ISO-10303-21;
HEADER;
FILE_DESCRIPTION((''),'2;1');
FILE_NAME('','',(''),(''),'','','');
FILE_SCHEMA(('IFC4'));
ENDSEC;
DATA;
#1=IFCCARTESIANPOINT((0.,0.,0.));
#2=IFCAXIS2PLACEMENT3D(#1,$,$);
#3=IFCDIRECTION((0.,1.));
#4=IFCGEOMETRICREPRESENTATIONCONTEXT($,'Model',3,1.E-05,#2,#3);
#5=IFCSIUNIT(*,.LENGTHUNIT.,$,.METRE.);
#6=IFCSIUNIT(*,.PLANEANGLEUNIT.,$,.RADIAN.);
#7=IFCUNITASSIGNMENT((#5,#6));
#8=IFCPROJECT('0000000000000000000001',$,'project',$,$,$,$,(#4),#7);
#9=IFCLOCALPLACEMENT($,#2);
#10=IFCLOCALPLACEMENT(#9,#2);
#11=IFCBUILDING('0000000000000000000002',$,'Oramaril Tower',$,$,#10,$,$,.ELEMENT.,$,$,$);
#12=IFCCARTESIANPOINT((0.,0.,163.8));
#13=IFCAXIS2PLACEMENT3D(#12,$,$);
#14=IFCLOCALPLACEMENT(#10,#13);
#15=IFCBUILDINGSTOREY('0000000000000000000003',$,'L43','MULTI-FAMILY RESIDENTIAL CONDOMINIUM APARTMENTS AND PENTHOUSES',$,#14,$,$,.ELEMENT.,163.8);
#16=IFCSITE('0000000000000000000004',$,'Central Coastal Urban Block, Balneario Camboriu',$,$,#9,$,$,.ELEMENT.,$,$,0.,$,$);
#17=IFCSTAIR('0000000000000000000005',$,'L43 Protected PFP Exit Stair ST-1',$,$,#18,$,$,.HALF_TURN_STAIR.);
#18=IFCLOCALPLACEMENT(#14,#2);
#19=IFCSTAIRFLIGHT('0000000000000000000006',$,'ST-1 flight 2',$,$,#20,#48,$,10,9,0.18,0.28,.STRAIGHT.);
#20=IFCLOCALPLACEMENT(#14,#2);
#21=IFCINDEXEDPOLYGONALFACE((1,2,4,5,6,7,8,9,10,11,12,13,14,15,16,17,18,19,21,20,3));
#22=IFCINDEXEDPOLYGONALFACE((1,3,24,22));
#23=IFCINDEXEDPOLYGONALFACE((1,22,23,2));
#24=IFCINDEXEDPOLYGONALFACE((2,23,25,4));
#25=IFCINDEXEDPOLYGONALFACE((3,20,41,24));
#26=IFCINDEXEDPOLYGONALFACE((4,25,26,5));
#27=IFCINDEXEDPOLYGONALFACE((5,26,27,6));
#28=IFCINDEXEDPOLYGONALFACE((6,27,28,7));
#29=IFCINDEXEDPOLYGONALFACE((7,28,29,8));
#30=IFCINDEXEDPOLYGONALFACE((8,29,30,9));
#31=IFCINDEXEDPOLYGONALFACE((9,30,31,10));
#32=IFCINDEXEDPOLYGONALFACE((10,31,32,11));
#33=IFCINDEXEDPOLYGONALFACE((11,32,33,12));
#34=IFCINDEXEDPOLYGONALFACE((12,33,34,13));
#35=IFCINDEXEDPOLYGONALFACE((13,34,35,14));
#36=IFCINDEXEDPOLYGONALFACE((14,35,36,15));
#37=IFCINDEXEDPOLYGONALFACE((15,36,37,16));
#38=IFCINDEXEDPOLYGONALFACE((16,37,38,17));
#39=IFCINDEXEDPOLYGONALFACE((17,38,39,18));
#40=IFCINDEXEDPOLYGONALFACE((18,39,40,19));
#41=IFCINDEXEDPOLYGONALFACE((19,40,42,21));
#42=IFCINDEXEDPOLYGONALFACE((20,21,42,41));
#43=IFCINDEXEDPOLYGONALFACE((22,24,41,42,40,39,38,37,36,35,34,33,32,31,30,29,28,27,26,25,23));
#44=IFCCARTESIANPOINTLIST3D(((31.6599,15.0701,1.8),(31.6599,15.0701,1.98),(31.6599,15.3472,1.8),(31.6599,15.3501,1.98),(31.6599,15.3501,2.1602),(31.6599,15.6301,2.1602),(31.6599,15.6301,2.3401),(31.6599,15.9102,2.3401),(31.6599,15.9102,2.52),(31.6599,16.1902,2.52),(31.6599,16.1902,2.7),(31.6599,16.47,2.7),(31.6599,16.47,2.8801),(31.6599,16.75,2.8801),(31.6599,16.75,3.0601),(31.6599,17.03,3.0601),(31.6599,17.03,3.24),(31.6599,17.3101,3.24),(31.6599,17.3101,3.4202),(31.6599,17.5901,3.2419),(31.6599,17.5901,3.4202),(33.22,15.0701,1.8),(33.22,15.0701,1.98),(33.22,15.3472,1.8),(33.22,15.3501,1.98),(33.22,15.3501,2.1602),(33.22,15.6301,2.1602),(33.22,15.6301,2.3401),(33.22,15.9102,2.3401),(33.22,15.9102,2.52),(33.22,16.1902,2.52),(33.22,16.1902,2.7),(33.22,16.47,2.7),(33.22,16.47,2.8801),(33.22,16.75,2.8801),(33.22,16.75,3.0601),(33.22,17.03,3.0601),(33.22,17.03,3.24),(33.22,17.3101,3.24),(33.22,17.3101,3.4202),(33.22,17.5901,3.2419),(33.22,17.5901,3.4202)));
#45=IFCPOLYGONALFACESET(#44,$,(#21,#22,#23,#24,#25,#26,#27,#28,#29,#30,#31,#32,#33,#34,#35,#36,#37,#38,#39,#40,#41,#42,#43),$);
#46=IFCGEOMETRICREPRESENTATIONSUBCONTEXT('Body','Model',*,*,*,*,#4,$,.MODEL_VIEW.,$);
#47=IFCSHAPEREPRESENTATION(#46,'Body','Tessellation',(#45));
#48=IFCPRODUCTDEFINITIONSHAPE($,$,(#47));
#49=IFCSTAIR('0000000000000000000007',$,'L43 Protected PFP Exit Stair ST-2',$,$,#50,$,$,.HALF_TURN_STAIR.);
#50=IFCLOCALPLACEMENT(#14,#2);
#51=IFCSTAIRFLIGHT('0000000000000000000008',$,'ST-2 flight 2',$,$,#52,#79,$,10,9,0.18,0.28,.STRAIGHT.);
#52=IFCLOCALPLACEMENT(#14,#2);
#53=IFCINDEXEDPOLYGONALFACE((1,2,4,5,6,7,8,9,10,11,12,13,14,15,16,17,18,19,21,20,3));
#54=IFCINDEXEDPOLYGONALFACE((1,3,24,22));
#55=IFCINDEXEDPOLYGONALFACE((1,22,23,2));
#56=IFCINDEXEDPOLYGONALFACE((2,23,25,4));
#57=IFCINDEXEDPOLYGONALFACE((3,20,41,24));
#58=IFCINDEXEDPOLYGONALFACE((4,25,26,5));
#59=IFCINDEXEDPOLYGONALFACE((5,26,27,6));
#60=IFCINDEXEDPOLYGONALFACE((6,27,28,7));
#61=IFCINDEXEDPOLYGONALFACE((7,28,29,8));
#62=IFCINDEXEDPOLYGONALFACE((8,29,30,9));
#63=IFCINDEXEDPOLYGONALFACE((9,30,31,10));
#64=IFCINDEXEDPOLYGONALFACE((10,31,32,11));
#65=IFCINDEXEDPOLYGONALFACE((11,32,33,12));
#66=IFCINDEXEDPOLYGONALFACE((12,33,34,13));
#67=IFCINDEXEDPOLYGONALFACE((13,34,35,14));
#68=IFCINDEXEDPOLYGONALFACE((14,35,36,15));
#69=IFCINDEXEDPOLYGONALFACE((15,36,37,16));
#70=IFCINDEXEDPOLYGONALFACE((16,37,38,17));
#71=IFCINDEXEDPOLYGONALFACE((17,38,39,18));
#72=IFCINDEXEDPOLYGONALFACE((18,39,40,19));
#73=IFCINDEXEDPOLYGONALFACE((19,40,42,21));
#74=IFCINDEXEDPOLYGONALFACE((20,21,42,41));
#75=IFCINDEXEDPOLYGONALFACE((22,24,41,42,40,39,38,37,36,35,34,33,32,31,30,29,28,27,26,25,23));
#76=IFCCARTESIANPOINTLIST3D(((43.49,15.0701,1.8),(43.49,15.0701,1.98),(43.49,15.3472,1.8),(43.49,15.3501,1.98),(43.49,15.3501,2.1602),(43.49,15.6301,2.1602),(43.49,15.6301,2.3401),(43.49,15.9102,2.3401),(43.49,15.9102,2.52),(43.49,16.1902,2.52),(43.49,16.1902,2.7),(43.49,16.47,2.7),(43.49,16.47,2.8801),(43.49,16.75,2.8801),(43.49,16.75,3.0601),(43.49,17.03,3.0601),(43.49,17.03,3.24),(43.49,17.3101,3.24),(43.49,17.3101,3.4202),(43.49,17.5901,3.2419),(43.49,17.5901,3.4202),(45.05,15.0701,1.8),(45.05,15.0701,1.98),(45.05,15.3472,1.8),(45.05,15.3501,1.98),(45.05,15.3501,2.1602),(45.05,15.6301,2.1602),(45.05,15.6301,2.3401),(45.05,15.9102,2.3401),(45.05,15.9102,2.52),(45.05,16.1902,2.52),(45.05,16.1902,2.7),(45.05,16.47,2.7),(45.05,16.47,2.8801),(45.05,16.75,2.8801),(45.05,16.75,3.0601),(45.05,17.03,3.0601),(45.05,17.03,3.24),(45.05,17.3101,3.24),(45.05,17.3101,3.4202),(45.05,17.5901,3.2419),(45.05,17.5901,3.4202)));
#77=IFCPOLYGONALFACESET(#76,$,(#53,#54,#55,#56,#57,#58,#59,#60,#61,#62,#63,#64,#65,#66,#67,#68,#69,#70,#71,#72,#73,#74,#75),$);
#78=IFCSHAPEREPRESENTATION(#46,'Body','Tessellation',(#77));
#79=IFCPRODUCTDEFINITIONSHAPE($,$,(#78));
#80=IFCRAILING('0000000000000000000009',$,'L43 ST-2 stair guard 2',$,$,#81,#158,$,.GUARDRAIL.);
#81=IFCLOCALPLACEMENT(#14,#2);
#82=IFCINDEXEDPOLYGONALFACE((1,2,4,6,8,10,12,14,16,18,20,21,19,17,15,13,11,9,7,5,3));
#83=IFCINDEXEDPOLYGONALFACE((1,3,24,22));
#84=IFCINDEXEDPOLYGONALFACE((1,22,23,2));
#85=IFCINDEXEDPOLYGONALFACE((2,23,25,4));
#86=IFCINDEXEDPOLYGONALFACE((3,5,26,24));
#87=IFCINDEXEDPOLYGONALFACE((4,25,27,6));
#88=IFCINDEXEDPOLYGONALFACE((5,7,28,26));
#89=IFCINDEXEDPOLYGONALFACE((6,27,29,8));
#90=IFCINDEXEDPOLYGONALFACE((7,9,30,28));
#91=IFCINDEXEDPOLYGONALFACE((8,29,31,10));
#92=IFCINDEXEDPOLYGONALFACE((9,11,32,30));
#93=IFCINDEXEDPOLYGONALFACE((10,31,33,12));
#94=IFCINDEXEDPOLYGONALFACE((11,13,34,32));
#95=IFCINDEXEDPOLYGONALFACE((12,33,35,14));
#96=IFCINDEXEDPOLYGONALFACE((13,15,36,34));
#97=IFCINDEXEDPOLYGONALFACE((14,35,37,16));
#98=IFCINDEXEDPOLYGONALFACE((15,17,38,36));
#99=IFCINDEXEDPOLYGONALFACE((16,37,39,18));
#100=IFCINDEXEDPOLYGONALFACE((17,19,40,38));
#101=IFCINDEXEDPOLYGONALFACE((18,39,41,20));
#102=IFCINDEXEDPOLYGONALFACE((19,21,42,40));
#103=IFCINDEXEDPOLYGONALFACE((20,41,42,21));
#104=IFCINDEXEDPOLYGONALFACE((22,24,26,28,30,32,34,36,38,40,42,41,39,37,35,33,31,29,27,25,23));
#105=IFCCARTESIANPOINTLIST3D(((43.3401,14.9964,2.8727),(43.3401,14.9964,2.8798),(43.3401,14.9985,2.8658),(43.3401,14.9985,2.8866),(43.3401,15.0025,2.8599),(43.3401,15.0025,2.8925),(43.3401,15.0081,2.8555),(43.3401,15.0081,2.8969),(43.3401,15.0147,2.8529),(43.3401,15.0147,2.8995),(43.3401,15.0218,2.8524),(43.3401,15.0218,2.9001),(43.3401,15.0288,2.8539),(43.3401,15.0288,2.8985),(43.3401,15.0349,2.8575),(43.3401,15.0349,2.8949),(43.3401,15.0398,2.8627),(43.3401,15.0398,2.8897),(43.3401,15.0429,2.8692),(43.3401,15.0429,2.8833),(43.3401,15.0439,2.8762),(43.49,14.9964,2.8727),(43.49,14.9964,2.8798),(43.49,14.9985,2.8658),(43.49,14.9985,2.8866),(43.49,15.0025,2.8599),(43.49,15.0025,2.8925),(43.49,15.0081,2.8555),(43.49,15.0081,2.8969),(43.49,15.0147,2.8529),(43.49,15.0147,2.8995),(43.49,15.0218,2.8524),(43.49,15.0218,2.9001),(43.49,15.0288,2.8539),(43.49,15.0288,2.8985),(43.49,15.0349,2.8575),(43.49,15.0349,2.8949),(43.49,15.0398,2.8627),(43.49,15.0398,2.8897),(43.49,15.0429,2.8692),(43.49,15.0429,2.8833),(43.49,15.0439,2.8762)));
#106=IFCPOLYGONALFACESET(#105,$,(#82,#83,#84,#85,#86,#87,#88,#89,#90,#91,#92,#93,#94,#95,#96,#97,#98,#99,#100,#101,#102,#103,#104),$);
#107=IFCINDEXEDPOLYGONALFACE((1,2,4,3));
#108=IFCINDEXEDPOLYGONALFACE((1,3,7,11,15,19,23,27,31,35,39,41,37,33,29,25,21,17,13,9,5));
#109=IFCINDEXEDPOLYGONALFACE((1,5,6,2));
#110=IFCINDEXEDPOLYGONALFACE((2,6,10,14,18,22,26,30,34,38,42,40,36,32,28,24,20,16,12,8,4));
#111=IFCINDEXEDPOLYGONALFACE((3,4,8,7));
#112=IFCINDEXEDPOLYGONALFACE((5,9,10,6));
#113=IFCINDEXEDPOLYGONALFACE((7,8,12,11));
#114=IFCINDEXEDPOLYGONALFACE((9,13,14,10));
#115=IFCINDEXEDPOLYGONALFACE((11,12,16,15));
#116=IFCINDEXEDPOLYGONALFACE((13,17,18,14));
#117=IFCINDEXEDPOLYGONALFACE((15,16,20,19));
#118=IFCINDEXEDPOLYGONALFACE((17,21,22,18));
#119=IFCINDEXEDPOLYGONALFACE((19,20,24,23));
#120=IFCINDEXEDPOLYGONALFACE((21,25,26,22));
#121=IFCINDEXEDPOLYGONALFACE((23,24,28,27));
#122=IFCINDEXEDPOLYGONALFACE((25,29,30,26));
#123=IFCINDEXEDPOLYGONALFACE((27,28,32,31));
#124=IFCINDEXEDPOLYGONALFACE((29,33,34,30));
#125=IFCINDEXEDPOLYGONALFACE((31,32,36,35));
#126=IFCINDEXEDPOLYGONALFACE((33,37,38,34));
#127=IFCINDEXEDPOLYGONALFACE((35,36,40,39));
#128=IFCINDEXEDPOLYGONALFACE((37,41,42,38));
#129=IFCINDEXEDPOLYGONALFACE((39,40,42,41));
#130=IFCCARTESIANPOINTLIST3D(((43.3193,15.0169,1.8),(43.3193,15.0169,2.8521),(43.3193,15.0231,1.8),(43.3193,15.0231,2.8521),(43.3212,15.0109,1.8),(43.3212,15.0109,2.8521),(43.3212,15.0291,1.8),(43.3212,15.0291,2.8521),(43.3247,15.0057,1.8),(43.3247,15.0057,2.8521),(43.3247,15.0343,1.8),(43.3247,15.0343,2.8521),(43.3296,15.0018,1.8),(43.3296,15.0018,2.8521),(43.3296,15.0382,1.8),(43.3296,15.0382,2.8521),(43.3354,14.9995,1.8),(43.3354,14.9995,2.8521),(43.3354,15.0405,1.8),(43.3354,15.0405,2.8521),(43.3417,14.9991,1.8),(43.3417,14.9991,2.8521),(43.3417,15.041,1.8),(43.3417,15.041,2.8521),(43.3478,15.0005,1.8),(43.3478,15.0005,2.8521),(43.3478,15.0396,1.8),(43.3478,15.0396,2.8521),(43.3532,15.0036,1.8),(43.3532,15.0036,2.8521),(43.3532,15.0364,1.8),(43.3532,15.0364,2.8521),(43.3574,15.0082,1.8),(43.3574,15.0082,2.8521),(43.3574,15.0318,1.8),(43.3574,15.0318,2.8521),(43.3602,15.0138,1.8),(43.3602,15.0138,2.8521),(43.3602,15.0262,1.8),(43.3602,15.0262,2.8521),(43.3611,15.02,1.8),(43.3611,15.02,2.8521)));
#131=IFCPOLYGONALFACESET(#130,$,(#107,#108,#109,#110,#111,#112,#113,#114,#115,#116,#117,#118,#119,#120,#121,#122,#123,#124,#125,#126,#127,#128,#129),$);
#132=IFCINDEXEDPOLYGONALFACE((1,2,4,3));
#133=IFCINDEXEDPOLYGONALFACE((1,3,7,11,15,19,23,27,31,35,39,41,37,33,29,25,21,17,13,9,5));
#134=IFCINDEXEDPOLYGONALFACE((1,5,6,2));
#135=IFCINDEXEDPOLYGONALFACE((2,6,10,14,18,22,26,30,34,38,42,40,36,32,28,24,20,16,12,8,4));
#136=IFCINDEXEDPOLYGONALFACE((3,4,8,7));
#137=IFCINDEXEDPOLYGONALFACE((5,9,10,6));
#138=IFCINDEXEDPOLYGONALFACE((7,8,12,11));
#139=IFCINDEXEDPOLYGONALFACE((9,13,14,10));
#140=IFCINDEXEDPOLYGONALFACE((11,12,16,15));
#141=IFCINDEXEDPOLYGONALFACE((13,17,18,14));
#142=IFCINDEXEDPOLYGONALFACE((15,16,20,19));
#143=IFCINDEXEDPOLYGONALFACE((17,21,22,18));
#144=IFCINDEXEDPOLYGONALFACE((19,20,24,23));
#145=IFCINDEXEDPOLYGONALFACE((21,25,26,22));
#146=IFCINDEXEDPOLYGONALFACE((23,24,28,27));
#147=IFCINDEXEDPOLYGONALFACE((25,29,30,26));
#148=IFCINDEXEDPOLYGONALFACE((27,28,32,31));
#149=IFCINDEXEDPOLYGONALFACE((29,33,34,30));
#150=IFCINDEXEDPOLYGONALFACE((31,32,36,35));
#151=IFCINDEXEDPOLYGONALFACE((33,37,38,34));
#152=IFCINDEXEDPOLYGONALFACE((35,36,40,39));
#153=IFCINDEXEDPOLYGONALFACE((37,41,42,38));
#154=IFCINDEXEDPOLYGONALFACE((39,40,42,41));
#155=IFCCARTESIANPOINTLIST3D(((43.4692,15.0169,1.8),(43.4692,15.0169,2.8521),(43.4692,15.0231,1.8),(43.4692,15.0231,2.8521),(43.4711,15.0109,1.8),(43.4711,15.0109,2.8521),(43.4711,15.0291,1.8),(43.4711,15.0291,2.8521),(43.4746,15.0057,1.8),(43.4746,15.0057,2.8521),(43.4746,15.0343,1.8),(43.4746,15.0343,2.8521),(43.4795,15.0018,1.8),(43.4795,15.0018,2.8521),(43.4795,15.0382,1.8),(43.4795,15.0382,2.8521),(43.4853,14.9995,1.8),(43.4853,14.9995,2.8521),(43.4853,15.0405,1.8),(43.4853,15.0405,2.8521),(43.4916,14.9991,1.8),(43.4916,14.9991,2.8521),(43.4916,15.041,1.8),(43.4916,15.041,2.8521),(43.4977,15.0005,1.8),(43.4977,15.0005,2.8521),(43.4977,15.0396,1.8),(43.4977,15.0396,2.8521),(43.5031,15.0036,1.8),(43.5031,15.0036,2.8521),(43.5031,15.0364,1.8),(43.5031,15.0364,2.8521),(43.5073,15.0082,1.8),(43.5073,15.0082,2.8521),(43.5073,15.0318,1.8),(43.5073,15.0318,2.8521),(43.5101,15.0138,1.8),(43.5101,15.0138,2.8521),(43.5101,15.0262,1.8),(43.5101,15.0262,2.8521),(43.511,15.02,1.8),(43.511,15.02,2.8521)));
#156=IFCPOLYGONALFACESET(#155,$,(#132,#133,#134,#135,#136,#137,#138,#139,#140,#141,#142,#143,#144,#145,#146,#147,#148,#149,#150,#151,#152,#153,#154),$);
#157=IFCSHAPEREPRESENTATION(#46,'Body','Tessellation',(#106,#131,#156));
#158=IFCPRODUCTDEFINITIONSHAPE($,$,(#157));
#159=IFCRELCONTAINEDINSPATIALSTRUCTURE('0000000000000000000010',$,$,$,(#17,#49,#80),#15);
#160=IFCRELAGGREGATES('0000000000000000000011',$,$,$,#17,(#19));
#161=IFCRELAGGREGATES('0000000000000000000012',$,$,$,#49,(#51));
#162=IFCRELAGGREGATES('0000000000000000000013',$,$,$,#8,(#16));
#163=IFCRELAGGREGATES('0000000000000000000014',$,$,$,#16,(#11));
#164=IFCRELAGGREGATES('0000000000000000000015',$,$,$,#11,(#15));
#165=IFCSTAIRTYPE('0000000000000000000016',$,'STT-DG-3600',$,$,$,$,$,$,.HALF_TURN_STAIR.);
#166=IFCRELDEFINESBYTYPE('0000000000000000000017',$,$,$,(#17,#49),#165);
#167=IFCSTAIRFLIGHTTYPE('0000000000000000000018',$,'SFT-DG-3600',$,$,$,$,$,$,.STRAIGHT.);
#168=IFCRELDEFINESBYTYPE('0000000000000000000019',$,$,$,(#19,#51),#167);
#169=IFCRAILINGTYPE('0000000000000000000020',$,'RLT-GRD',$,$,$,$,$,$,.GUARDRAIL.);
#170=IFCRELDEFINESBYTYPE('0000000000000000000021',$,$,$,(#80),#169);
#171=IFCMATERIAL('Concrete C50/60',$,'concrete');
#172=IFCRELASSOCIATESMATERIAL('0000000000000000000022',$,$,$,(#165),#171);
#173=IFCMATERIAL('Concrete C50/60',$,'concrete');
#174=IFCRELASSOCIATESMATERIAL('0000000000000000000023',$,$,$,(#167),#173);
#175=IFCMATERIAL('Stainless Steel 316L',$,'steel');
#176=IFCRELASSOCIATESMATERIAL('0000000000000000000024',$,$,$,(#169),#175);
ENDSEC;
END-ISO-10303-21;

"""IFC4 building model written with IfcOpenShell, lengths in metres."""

from ifc_helpers import new_model, si_unit, direction, frame, origin, origin_2d, place, context, subcontext, project, spatial, polyline, circle, outline, extrude, material, type_object, element, aggregate, save


model = new_model("IFC4")

# Units and contexts
model_context = context("Model", 3, precision=1e-05, world=origin(), true_north=direction((0.0, 1.0)))
body_context = subcontext(model_context, "Body", "Model", "MODEL_VIEW")
ifc_project = project(units=[si_unit("LENGTHUNIT", "METRE"), si_unit("PLANEANGLEUNIT", "RADIAN")], contexts=[model_context])

# Site, building, storey
site_placement = place(None, origin())
site = spatial("IfcSite", under=ifc_project, at=site_placement, Name="Central Coastal Urban Block, Balneario Camboriu", CompositionType="ELEMENT", RefElevation=0.0)
building_placement = place(site_placement, origin())
building = spatial("IfcBuilding", under=site, at=building_placement, Name="Oramaril Tower", CompositionType="ELEMENT")
storey_placement = place(building_placement, frame((0.0, 0.0, 163.8)))
storey = spatial("IfcBuildingStorey", under=building, at=storey_placement, Name="L43", Description="MULTI-FAMILY RESIDENTIAL CONDOMINIUM APARTMENTS AND PENTHOUSES", CompositionType="ELEMENT", Elevation=163.8)

# Stairs, stair flights
ifc_material_1 = material(Name="Concrete C50/60", Category="concrete")
stair_type = type_object("IfcStairType", Name="STT-DG-3600", PredefinedType="HALF_TURN_STAIR", material=ifc_material_1)
stair_1_placement = place(storey_placement, origin())
stair_1 = element("IfcStair", 1, at=stair_1_placement, inside=storey, type_object=stair_type, Name="L43 Protected PFP Exit Stair ST-1", PredefinedType="HALF_TURN_STAIR")
ifc_material_2 = material(Name="Concrete C50/60", Category="concrete")
stair_flight_type = type_object("IfcStairFlightType", Name="SFT-DG-3600", PredefinedType="STRAIGHT", material=ifc_material_2)
stair_flight_1_placement = place(storey_placement, frame((32.4399, 15.0701, 1.8), z_axis=(0.0, 0.0, 1.0), x_axis=(0.0, 1.0, 0.0)))
stair_flight_1 = element("IfcStairFlight", 2, at=stair_flight_1_placement, type_object=stair_flight_type, Name="ST-1 flight 2", NumberOfRisers=10, NumberOfTreads=9, PredefinedType="STRAIGHT", RiserHeight=0.18, TreadLength=0.28, context=body_context, shape_type="SweptSolid", body=[
    extrude(outline(polyline([(0.0, 0.0), (0.0, 0.1799), (0.28, 0.1799), (0.28, 0.3601), (0.5601, 0.3601), (0.5601, 0.54), (0.8401, 0.54), (0.8401, 0.72), (1.1201, 0.72), (1.1201, 0.8999), (1.3999, 0.8999), (1.3999, 1.0801), (1.6799, 1.0801), (1.6799, 1.26), (1.96, 1.26), (1.96, 1.4399), (2.24, 1.4399), (2.24, 1.6201), (2.52, 1.6201), (2.52, 1.8), (2.52, 1.4419), (0.2771, 0.0), (0.0, 0.0)])), frame((0.0, 0.78, 0.0), z_axis=(0.0, -1.0, 0.0), x_axis=(1.0, 0.0, 0.0)), (0.0, 0.0, 1.0), 1.5601),
])
aggregate(stair_1, [stair_flight_1])
stair_2_placement = place(storey_placement, origin())
stair_2 = element("IfcStair", 3, at=stair_2_placement, inside=storey, type_object=stair_type, Name="L43 Protected PFP Exit Stair ST-2", PredefinedType="HALF_TURN_STAIR")
stair_flight_2_placement = place(storey_placement, frame((44.27, 15.0701, 1.8), z_axis=(0.0, 0.0, 1.0), x_axis=(0.0, 1.0, 0.0)))
stair_flight_2 = element("IfcStairFlight", 4, at=stair_flight_2_placement, type_object=stair_flight_type, Name="ST-2 flight 2", NumberOfRisers=10, NumberOfTreads=9, PredefinedType="STRAIGHT", RiserHeight=0.18, TreadLength=0.28, context=body_context, shape_type="SweptSolid", body=[
    extrude(outline(polyline([(0.0, 0.0), (0.0, 0.1799), (0.28, 0.1799), (0.28, 0.3601), (0.5601, 0.3601), (0.5601, 0.54), (0.8401, 0.54), (0.8401, 0.72), (1.1201, 0.72), (1.1201, 0.8999), (1.3999, 0.8999), (1.3999, 1.0801), (1.6799, 1.0801), (1.6799, 1.26), (1.96, 1.26), (1.96, 1.4399), (2.24, 1.4399), (2.24, 1.6201), (2.52, 1.6201), (2.52, 1.8), (2.52, 1.4419), (0.2771, 0.0), (0.0, 0.0)])), frame((0.0, 0.78, 0.0), z_axis=(0.0, -1.0, 0.0), x_axis=(1.0, 0.0, 0.0)), (0.0, 0.0, 1.0), 1.5601),
])
aggregate(stair_2, [stair_flight_2])

# Railing
ifc_material_3 = material(Name="Stainless Steel 316L", Category="steel")
railing_type_1 = type_object("IfcRailingType", Name="RLT-GRD", PredefinedType="GUARDRAIL", material=ifc_material_3)
railing_1_placement = place(storey_placement, frame((43.3401, 15.02, 1.8)))
element("IfcRailing", 5, at=railing_1_placement, inside=storey, type_object=railing_type_1, Name="L43 ST-2 stair guard 2", PredefinedType="GUARDRAIL", context=body_context, shape_type="SweptSolid", body=[
    extrude(circle(Radius=0.0239, at=origin_2d()), frame((0.0, 0.0, 1.0762), z_axis=(1.0, 0.0, 0.0), x_axis=(0.0, 1.0, 0.0)), (0.0, 0.0, 1.0), 0.1499),
    extrude(circle(Radius=0.021, at=origin_2d()), origin(), (0.0, 0.0, 1.0), 1.052),
    extrude(circle(Radius=0.021, at=origin_2d()), frame((0.1499, 0.0, 0.0)), (0.0, 0.0, 1.0), 1.052),
])

save(model, "model.ifc")
